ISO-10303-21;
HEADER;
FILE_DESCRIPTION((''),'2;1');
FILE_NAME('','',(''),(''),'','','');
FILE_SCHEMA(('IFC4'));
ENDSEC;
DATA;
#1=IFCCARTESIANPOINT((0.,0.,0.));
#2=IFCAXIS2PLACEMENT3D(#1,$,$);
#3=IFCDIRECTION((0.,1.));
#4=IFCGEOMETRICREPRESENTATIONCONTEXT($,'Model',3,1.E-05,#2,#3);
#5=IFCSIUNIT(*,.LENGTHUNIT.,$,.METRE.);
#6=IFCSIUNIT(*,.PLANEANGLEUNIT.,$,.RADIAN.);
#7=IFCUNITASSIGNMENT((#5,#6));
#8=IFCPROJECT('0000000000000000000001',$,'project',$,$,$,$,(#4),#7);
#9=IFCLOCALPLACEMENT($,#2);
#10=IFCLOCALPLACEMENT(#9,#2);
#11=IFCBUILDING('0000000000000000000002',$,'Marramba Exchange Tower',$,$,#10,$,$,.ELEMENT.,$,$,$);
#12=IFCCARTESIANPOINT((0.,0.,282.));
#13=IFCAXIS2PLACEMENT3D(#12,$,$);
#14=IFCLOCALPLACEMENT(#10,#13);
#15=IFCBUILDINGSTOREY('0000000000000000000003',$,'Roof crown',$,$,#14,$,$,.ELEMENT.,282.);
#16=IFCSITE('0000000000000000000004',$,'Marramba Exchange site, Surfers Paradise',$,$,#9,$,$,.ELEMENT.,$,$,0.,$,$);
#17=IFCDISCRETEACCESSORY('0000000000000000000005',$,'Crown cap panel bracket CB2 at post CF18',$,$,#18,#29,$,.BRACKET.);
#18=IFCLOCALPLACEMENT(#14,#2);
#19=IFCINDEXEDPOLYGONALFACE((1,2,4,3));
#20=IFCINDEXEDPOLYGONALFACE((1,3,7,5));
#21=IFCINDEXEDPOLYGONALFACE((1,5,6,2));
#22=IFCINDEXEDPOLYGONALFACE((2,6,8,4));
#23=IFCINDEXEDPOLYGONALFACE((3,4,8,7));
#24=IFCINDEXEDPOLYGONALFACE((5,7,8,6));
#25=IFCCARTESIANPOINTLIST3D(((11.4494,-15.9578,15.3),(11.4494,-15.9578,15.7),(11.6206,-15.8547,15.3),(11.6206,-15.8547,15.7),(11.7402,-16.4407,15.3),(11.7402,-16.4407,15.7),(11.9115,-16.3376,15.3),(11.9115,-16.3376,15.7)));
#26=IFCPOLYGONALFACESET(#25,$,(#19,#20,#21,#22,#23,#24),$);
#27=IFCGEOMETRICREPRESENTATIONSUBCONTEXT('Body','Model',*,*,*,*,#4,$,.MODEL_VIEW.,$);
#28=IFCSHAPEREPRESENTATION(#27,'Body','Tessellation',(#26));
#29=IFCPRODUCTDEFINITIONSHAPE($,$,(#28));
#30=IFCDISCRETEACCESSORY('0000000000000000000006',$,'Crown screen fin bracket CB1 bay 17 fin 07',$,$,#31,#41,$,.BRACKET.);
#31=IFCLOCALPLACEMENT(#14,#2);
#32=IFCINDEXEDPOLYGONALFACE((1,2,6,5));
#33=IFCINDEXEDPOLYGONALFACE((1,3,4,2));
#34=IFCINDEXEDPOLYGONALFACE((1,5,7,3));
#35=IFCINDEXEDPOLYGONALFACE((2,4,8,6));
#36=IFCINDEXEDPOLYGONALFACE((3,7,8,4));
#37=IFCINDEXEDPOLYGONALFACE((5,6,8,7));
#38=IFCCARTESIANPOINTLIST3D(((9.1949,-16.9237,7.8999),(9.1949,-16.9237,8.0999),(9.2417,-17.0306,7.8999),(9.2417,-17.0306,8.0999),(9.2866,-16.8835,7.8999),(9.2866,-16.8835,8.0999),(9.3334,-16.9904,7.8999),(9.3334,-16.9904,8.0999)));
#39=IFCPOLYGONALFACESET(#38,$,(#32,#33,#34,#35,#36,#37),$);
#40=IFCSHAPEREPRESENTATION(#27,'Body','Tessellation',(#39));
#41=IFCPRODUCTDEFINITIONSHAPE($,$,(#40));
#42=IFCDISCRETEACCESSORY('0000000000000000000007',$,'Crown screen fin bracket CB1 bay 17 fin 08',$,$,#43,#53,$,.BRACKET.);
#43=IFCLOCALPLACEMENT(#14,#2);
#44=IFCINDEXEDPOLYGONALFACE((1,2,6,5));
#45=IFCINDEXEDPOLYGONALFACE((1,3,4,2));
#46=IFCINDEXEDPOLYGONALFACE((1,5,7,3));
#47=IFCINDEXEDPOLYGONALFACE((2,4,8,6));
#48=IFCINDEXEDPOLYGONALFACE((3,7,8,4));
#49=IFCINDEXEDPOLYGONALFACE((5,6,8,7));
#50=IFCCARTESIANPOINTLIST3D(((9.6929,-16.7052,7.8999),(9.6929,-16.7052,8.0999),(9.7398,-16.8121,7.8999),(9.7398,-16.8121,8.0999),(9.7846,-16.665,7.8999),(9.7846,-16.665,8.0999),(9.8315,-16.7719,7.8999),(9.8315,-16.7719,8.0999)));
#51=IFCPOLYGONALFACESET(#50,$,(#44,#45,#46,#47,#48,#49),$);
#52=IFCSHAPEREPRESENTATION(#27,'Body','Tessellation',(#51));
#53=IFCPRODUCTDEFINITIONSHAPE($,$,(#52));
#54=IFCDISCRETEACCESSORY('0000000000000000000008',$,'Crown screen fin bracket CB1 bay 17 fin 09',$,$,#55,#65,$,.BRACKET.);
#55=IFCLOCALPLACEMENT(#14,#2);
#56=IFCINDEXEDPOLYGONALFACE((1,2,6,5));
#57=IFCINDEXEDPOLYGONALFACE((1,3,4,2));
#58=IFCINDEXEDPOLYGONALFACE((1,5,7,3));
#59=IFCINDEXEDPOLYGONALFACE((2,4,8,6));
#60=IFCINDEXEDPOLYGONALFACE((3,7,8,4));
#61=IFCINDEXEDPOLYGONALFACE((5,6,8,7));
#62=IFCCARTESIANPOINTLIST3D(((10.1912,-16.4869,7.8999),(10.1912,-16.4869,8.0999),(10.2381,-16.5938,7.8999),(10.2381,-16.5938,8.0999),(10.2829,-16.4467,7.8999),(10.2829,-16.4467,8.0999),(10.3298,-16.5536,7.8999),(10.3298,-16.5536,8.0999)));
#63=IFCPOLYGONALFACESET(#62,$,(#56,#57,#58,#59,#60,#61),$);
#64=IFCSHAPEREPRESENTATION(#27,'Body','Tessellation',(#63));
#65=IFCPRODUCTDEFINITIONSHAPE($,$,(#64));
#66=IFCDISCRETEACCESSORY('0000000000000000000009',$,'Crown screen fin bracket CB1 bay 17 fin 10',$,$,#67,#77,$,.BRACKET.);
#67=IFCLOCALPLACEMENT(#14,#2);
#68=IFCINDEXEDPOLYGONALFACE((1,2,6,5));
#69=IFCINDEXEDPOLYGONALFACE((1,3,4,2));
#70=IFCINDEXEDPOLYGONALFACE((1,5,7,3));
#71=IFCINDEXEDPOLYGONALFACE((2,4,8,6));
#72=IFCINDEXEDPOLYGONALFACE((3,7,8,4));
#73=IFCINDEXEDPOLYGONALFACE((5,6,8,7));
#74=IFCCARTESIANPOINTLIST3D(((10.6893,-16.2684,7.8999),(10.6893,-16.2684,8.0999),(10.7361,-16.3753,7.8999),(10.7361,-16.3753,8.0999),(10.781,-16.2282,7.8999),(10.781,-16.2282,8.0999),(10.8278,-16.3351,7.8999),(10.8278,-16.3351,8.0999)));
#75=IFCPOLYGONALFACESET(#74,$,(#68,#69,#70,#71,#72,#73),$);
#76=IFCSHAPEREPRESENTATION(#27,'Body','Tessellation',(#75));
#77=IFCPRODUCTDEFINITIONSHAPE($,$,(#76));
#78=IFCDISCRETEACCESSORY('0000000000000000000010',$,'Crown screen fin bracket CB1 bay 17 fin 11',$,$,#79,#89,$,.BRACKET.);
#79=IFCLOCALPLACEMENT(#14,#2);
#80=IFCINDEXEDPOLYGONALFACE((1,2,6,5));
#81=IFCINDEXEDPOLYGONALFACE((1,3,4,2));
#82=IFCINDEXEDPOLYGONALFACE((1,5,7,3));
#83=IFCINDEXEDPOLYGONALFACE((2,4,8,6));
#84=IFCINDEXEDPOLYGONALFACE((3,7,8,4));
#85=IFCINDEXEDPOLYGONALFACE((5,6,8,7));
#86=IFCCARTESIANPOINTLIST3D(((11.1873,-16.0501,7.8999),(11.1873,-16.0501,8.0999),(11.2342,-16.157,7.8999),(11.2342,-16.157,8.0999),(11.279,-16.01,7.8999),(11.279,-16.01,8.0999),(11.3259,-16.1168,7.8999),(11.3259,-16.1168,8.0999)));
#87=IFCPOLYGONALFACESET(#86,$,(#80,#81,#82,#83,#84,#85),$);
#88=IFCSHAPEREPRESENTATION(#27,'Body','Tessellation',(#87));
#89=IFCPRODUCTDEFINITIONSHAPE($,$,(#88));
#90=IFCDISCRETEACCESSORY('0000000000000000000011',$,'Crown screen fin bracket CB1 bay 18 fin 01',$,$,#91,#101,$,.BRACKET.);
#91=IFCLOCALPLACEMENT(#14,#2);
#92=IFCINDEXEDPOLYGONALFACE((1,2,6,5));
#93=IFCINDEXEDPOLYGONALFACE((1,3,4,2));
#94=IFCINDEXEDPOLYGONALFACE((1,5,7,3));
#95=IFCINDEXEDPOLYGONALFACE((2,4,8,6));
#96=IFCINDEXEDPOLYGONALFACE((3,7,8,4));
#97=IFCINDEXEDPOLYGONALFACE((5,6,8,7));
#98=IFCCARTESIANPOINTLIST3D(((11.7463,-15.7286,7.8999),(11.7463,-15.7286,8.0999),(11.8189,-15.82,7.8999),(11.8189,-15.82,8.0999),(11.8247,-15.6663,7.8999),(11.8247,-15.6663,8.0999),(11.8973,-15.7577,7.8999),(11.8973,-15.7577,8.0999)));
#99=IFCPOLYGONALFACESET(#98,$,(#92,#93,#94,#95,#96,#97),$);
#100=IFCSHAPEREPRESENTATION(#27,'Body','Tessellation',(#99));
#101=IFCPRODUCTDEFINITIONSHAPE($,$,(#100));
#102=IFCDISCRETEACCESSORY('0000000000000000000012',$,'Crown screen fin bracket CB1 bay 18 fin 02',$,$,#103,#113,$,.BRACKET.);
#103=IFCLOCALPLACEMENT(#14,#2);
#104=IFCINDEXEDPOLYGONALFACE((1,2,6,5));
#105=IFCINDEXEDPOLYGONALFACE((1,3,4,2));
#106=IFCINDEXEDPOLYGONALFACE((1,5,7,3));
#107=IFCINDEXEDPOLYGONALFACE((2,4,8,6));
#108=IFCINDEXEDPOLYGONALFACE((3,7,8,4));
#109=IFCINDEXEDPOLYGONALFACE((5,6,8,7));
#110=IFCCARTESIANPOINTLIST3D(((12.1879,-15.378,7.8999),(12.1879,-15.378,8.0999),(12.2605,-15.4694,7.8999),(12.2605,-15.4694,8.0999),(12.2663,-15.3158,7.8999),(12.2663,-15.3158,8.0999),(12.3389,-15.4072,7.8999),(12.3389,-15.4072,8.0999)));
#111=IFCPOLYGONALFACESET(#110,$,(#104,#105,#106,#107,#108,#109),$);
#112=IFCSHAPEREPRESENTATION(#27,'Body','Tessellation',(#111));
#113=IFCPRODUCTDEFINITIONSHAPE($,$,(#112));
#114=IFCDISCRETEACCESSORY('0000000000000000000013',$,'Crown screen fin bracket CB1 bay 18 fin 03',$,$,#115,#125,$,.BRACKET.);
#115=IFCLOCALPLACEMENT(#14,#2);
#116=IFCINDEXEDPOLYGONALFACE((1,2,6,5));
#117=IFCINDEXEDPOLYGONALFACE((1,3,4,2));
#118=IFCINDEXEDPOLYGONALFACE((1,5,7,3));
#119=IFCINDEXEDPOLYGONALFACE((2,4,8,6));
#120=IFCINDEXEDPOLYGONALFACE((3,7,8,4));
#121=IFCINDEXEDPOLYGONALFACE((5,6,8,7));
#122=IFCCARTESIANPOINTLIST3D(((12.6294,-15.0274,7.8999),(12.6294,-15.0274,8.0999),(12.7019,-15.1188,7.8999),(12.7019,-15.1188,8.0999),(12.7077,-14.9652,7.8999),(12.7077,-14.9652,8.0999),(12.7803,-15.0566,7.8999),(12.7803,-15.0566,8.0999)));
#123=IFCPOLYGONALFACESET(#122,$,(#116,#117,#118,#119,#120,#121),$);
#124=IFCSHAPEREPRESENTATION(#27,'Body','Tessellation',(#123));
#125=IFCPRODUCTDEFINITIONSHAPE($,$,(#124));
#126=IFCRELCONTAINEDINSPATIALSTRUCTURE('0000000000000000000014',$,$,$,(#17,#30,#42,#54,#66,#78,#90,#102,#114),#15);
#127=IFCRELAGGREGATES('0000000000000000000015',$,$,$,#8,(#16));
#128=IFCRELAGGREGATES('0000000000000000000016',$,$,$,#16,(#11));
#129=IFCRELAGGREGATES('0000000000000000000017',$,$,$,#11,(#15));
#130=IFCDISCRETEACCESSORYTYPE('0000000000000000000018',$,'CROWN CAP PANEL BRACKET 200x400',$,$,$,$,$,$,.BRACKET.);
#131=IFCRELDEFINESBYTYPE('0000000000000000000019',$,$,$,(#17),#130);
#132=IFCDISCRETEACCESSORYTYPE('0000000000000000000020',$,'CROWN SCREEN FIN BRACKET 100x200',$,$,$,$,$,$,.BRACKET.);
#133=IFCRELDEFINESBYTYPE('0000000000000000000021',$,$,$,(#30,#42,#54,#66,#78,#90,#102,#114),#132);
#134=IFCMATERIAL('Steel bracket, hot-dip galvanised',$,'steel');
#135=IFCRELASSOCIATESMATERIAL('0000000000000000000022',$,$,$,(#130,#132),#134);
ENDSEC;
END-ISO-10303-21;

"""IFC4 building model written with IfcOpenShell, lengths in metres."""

from ifc_helpers import new_model, si_unit, direction, frame, origin, origin_2d, place, context, subcontext, project, spatial, rectangle, extrude, material, type_object, element, save


model = new_model("IFC4")

# Units and contexts
model_context = context("Model", 3, precision=1e-05, world=origin(), true_north=direction((0.0, 1.0)))
body_context = subcontext(model_context, "Body", "Model", "MODEL_VIEW")
ifc_project = project(units=[si_unit("LENGTHUNIT", "METRE"), si_unit("PLANEANGLEUNIT", "RADIAN")], contexts=[model_context])

# Site, building, storey
site_placement = place(None, origin())
site = spatial("IfcSite", under=ifc_project, at=site_placement, Name="Marramba Exchange site, Surfers Paradise", CompositionType="ELEMENT", RefElevation=0.0)
building_placement = place(site_placement, origin())
building = spatial("IfcBuilding", under=site, at=building_placement, Name="Marramba Exchange Tower", CompositionType="ELEMENT")
storey_placement = place(building_placement, frame((0.0, 0.0, 282.0)))
storey = spatial("IfcBuildingStorey", under=building, at=storey_placement, Name="Roof crown", CompositionType="ELEMENT", Elevation=282.0)

# Discrete accessories
ifc_material_1 = material(Name="Steel bracket, hot-dip galvanised", Category="steel")
discrete_accessory_type_1 = type_object("IfcDiscreteAccessoryType", Name="CROWN CAP PANEL BRACKET 200x400", PredefinedType="BRACKET", material=ifc_material_1)
discrete_accessory_placement = place(storey_placement, frame((11.6804, -16.1477, 15.3), z_axis=(0.0, 0.0, 1.0), x_axis=(0.515942, -0.856624, 0.0)))
element("IfcDiscreteAccessory", 1, at=discrete_accessory_placement, inside=storey, type_object=discrete_accessory_type_1, Name="Crown cap panel bracket CB2 at post CF18", PredefinedType="BRACKET", context=body_context, shape_type="SweptSolid", body=[
    extrude(rectangle(XDim=0.5637, YDim=0.2, at=origin_2d()), origin(), (0.0, 0.0, 1.0), 0.3999),
])
discrete_accessory_type_2 = type_object("IfcDiscreteAccessoryType", Name="CROWN SCREEN FIN BRACKET 100x200", PredefinedType="BRACKET", material=ifc_material_1)
for number, where, z_axis, x_axis, name in (
    (2, (9.2642, -16.957, 7.8999), (0.0, 0.0, 1.0), (0.915874, 0.401466, 0.0), "Crown screen fin bracket CB1 bay 17 fin 07"),
    (3, (9.7622, -16.7385, 7.8999), (0.0, 0.0, 1.0), (0.915874, 0.401466, 0.0), "Crown screen fin bracket CB1 bay 17 fin 08"),
    (4, (10.2605, -16.5203, 7.8999), (0.0, 0.0, 1.0), (0.915874, 0.401466, 0.0), "Crown screen fin bracket CB1 bay 17 fin 09"),
    (5, (10.7585, -16.3018, 7.8999), (0.0, 0.0, 1.0), (0.915874, 0.401466, 0.0), "Crown screen fin bracket CB1 bay 17 fin 10"),
    (6, (11.2566, -16.0835, 7.8999), (0.0, 0.0, 1.0), (0.915874, 0.401466, 0.0), "Crown screen fin bracket CB1 bay 17 fin 11"),
    (7, (11.8218, -15.7432, 7.8999), (0.0, 0.0, 1.0), (0.78314, 0.621845, 0.0), "Crown screen fin bracket CB1 bay 18 fin 01"),
    (8, (12.2634, -15.3926, 7.8999), (0.0, 0.0, 1.0), (0.78314, 0.621845, 0.0), "Crown screen fin bracket CB1 bay 18 fin 02"),
    (9, (12.7048, -15.042, 7.8999), (0.0, 0.0, 1.0), (0.78314, 0.621845, 0.0), "Crown screen fin bracket CB1 bay 18 fin 03"),
):
    element("IfcDiscreteAccessory", number, at=place(storey_placement, frame(where, z_axis=z_axis, x_axis=x_axis)), inside=storey, type_object=discrete_accessory_type_2, Name=name, PredefinedType="BRACKET", context=body_context, shape_type="SweptSolid", body=[
        extrude(rectangle(XDim=0.1001, YDim=0.1167, at=origin_2d()), origin(), (0.0, 0.0, 1.0), 0.2),
    ])

save(model, "model.ifc")
